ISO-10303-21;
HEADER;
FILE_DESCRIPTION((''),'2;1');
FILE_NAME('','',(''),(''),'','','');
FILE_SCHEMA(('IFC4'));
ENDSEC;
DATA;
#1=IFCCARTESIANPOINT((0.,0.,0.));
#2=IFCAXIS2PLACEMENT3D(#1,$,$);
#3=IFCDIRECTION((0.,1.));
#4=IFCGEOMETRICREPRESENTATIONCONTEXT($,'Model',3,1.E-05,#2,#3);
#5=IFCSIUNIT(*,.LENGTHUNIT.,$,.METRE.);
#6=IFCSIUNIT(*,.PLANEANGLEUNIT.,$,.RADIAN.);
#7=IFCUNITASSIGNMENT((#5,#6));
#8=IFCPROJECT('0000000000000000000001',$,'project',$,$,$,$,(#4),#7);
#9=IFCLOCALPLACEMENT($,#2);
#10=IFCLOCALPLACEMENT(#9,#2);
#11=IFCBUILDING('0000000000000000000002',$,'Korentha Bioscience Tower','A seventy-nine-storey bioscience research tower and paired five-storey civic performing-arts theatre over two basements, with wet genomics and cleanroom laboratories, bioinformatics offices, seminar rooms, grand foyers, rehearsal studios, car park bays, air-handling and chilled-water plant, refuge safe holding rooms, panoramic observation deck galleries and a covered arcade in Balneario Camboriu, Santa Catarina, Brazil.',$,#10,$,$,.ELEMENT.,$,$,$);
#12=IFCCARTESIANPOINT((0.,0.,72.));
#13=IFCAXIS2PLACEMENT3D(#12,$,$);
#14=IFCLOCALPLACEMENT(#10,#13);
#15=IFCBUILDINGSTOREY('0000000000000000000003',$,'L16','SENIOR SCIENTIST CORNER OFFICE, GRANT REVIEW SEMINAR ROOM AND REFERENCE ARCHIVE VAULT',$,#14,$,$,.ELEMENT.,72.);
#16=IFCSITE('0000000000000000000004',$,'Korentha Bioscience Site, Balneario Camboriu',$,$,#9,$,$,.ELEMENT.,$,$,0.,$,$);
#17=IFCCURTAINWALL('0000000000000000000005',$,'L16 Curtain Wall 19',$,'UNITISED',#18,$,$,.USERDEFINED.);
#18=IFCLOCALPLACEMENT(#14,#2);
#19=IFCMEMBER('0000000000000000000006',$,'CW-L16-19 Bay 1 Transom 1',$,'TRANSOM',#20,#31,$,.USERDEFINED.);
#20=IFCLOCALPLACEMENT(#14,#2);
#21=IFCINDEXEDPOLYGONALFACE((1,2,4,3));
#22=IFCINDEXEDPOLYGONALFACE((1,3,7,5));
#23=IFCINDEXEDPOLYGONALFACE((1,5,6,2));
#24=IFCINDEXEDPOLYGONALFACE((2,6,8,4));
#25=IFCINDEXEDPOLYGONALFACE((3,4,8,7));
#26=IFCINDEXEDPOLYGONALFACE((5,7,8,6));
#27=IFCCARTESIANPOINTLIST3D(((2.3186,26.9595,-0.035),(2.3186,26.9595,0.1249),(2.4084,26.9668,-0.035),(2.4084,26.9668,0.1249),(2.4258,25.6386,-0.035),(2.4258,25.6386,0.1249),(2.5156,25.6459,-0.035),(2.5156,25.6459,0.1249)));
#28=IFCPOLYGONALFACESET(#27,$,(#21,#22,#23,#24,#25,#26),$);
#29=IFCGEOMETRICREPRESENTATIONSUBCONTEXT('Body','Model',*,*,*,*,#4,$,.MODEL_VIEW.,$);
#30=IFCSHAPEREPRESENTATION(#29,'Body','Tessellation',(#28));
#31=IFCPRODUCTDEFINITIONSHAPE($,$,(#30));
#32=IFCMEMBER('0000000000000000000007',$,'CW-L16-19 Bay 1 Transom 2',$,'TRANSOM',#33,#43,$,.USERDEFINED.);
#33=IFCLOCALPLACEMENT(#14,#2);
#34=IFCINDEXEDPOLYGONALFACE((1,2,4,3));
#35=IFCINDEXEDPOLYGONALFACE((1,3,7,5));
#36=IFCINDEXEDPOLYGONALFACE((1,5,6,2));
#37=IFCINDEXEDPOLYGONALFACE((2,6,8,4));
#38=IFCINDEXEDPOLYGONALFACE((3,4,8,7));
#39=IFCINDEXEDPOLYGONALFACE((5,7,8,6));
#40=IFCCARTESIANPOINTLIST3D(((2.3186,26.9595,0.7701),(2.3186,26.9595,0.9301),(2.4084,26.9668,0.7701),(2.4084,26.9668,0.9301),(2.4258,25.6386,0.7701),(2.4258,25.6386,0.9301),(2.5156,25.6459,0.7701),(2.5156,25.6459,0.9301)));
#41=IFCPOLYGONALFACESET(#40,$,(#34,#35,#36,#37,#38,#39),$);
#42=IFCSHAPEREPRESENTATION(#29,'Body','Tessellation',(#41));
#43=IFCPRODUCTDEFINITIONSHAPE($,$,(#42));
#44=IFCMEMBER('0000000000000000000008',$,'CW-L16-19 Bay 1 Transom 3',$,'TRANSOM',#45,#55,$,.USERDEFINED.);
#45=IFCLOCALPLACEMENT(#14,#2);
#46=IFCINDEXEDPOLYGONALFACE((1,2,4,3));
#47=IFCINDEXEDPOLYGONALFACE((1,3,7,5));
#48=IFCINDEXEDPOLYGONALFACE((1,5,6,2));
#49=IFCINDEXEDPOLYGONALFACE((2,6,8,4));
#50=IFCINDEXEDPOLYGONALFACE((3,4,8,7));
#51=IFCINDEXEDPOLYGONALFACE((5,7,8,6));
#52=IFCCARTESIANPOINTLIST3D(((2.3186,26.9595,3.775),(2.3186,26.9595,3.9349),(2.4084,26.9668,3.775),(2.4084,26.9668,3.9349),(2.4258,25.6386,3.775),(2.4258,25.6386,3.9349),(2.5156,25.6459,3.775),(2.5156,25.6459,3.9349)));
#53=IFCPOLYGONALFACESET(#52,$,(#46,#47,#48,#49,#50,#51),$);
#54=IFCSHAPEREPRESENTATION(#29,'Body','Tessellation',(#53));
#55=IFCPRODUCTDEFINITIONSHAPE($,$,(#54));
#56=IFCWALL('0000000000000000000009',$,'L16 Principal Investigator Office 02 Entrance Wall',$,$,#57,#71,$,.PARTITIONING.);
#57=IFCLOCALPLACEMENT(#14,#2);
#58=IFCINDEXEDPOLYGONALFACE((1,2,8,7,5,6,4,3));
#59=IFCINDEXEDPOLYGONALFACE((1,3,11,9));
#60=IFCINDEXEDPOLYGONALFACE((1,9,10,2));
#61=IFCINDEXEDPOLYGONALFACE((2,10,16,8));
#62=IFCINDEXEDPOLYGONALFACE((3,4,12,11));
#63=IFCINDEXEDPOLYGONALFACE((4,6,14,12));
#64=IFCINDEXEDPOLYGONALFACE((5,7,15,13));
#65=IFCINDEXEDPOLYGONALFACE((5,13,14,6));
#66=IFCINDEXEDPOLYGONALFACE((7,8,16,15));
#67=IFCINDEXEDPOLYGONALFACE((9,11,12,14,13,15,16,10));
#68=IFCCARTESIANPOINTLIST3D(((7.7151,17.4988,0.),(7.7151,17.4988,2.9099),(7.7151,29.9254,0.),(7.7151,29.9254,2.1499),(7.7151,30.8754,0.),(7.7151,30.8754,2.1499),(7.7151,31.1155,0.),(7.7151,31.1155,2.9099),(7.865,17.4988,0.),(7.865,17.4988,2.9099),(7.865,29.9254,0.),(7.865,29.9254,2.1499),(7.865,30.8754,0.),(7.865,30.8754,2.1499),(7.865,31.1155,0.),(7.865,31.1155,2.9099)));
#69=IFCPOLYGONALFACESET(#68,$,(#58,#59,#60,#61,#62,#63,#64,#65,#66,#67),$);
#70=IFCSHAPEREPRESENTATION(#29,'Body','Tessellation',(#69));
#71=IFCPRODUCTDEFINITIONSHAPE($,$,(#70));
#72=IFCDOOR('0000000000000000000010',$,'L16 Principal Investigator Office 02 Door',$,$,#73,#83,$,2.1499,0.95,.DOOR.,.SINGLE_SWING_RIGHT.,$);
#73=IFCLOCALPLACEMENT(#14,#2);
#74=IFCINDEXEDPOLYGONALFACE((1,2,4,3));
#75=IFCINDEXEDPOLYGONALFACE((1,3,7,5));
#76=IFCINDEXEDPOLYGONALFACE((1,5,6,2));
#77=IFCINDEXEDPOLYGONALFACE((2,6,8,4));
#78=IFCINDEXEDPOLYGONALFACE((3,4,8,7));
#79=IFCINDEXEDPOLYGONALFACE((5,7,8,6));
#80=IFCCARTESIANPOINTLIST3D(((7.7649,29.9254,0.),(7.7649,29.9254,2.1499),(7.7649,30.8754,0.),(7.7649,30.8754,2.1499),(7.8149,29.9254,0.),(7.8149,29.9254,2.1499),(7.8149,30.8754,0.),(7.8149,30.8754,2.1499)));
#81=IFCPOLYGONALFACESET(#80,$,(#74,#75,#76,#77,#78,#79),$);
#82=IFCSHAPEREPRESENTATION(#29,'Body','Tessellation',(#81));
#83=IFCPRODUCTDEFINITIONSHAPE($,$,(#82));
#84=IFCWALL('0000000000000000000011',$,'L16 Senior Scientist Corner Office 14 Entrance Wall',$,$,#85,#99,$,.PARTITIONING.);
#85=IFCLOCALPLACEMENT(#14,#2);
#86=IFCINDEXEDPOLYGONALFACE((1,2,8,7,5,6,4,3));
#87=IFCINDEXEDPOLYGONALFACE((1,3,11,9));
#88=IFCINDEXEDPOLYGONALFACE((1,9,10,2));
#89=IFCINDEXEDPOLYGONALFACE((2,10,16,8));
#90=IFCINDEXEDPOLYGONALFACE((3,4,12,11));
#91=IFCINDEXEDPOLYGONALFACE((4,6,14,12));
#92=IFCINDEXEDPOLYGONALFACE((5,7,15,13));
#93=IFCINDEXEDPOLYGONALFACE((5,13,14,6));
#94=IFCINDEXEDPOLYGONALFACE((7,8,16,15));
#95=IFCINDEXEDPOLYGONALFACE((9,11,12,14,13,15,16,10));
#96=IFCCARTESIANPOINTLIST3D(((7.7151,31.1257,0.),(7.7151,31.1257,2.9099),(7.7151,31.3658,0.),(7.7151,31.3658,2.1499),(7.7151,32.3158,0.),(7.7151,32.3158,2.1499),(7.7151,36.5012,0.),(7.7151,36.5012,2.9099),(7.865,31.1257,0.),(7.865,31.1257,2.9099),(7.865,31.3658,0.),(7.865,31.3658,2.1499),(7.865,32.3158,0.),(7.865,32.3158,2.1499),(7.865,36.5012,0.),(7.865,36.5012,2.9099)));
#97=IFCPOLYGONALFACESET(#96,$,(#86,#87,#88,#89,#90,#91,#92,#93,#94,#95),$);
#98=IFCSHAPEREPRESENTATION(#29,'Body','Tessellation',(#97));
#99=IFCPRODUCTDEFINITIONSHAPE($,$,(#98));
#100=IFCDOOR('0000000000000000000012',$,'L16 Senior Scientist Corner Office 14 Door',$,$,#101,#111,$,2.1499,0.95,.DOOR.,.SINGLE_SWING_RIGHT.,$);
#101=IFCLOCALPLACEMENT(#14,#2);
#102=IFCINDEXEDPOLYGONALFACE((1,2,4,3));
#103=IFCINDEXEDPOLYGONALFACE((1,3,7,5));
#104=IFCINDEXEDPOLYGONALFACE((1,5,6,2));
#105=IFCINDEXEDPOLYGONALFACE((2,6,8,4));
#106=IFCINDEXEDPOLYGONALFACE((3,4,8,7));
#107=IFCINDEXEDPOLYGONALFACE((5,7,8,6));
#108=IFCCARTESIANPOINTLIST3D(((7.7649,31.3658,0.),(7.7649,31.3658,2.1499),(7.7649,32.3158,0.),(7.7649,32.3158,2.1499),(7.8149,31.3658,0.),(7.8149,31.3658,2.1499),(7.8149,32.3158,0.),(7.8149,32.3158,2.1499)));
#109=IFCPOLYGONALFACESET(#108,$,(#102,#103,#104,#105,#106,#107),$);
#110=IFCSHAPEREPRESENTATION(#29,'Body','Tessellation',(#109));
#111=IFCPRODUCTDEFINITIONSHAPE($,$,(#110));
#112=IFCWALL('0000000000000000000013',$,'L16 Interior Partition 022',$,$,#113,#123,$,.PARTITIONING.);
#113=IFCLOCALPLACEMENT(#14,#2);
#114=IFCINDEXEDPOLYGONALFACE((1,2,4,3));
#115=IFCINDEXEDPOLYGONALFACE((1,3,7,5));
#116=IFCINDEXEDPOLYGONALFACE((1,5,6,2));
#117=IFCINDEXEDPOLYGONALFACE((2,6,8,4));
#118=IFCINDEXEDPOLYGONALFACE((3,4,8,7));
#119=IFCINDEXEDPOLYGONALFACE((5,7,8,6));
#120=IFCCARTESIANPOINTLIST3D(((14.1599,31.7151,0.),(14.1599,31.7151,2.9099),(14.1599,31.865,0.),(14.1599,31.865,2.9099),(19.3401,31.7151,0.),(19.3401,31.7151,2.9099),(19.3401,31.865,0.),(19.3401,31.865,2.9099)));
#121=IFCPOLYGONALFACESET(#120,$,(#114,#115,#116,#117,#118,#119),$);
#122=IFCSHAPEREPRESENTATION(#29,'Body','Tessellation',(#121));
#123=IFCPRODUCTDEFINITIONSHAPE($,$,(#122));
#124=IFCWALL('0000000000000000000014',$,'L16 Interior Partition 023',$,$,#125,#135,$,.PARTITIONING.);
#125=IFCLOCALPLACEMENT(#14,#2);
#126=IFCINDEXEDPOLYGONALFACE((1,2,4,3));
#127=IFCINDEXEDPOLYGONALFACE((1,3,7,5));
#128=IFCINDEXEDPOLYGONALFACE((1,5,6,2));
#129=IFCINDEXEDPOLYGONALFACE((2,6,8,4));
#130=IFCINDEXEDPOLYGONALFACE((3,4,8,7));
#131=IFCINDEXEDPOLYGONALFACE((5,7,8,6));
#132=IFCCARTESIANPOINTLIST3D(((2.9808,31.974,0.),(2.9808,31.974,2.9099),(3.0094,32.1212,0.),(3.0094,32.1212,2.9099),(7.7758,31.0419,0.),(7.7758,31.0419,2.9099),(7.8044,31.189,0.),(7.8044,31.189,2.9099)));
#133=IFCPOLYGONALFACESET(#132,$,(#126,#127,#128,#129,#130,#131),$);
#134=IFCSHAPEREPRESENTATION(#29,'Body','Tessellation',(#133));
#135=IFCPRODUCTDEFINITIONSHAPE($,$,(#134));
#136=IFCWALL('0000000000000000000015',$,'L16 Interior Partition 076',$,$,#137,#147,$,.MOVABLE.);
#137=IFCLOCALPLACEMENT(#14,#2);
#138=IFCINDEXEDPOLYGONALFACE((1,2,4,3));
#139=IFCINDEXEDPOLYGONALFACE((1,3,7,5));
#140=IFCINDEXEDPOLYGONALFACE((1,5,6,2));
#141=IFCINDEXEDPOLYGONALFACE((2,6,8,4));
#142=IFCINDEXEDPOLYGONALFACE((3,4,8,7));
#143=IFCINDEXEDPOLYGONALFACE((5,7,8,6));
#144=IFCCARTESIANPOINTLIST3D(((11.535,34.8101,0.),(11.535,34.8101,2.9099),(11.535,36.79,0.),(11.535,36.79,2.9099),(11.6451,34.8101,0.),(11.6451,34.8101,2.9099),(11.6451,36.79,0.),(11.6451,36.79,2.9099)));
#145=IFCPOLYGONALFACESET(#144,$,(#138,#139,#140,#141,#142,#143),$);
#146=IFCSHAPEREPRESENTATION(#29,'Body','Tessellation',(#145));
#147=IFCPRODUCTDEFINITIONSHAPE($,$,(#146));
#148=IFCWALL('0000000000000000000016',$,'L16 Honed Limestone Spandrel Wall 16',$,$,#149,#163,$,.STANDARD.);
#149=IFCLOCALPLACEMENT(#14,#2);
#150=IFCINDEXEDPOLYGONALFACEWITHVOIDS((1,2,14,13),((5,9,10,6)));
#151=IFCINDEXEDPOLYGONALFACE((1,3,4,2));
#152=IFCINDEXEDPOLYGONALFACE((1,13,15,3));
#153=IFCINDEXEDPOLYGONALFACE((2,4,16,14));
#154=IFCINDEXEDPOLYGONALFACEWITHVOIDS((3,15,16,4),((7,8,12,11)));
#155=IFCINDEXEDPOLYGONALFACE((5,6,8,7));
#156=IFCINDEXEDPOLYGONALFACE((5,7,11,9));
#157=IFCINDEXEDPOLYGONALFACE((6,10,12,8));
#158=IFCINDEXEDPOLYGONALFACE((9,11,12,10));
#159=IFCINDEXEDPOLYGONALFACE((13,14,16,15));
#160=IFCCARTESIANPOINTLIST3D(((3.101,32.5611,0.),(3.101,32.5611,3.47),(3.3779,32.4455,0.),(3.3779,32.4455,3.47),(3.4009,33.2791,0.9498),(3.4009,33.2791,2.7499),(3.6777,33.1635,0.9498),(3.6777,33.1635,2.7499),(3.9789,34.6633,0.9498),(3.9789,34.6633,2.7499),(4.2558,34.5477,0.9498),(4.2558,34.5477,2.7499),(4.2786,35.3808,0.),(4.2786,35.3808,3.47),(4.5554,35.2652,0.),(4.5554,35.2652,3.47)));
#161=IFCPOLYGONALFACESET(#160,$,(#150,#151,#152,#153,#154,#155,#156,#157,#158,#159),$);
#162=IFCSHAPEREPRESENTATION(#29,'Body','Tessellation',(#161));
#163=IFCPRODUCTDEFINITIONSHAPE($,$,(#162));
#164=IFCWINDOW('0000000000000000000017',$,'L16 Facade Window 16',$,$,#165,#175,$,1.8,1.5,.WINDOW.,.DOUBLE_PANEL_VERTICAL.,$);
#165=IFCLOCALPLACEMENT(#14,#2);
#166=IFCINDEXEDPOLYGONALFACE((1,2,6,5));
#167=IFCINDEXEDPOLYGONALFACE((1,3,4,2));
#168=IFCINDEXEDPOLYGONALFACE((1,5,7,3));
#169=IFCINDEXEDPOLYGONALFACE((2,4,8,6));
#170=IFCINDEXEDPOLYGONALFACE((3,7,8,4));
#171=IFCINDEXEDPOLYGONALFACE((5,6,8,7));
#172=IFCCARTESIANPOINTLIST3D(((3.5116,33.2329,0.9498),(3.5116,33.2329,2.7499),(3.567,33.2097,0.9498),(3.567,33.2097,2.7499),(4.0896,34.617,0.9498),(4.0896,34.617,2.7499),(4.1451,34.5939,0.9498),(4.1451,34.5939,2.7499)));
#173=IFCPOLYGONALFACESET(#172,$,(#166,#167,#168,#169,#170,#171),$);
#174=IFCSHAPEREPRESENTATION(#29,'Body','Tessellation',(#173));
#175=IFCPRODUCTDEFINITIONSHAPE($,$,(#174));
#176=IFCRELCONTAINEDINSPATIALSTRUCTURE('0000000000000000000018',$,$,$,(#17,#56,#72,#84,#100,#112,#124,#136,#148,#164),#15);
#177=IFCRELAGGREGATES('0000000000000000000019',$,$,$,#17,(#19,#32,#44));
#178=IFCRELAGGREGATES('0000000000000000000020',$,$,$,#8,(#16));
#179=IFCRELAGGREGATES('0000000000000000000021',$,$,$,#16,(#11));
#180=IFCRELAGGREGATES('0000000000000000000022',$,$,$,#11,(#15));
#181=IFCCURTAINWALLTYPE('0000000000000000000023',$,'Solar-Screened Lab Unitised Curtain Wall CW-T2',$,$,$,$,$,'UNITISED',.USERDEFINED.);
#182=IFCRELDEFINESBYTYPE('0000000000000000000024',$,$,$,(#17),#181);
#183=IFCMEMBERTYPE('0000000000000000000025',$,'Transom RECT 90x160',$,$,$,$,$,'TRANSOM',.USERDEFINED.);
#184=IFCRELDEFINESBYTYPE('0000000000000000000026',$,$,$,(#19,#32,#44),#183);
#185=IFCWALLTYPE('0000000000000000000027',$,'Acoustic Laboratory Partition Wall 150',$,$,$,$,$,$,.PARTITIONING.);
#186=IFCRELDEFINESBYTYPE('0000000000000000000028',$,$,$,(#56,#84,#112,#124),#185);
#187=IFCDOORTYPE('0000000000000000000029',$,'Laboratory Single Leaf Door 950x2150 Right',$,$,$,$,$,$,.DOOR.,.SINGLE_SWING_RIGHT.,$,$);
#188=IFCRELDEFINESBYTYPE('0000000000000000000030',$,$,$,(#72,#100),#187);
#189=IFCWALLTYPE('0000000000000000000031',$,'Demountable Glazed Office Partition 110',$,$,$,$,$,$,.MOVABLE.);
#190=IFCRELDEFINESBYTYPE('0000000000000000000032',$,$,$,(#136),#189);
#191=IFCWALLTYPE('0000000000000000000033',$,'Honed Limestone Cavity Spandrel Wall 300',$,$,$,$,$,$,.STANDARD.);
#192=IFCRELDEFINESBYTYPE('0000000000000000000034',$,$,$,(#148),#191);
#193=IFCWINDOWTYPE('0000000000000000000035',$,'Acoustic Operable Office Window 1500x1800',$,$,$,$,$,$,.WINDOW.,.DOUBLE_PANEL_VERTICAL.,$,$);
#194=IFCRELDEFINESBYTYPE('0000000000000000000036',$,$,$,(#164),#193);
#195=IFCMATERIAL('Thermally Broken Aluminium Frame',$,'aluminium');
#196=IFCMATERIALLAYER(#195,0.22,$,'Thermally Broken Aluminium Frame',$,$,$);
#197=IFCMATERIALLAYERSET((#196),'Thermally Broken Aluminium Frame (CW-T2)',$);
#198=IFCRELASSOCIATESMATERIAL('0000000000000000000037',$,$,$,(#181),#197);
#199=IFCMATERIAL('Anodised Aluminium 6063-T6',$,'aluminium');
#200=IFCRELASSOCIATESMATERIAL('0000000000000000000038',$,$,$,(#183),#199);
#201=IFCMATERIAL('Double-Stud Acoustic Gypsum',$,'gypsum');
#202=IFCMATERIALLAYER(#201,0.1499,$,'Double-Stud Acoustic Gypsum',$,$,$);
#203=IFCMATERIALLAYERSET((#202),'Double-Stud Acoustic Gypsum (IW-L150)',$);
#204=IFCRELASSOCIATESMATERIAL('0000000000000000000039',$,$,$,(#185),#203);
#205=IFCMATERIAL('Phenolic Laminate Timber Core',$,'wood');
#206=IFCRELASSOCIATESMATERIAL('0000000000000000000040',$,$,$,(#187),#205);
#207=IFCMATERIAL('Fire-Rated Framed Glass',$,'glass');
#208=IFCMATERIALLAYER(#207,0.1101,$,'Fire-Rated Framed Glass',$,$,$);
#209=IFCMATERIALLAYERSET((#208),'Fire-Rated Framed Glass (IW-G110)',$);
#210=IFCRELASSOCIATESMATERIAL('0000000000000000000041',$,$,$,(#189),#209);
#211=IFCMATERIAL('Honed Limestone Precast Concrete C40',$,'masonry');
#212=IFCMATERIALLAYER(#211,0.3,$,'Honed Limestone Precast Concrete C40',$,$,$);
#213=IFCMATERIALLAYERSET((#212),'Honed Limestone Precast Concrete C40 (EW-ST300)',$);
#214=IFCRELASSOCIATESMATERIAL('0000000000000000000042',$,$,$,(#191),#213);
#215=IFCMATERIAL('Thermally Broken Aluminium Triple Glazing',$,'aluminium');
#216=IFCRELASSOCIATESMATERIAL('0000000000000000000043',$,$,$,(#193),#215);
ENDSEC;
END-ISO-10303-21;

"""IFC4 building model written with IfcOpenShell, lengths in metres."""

from ifc_helpers import new_model, si_unit, direction, frame, frame_2d, origin, origin_2d, place, context, subcontext, project, spatial, rectangle, extrude, material, layer, layer_set, material_profile, profile_set, type_object, element, fill, aggregate, save


model = new_model("IFC4")

# Units and contexts
model_context = context("Model", 3, precision=1e-05, world=origin(), true_north=direction((0.0, 1.0)))
body_context = subcontext(model_context, "Body", "Model", "MODEL_VIEW")
ifc_project = project(units=[si_unit("LENGTHUNIT", "METRE"), si_unit("PLANEANGLEUNIT", "RADIAN")], contexts=[model_context])

# Site, building, storey
site_placement = place(None, origin())
site = spatial("IfcSite", under=ifc_project, at=site_placement, Name="Korentha Bioscience Site, Balneario Camboriu", CompositionType="ELEMENT", RefElevation=0.0)
building_placement = place(site_placement, origin())
building = spatial("IfcBuilding", under=site, at=building_placement, Name="Korentha Bioscience Tower", Description="A seventy-nine-storey bioscience research tower and paired five-storey civic performing-arts theatre over two basements, with wet genomics and cleanroom laboratories, bioinformatics offices, seminar rooms, grand foyers, rehearsal studios, car park bays, air-handling and chilled-water plant, refuge safe holding rooms, panoramic observation deck galleries and a covered arcade in Balneario Camboriu, Santa Catarina, Brazil.", CompositionType="ELEMENT")
storey_placement = place(building_placement, frame((0.0, 0.0, 72.0)))
storey = spatial("IfcBuildingStorey", under=building, at=storey_placement, Name="L16", Description="SENIOR SCIENTIST CORNER OFFICE, GRANT REVIEW SEMINAR ROOM AND REFERENCE ARCHIVE VAULT", CompositionType="ELEMENT", Elevation=72.0)

# Curtain wall
ifc_material_1 = material(Name="Thermally Broken Aluminium Frame", Category="aluminium")
ifc_layer_1 = layer(ifc_material_1, 0.22, Name="Thermally Broken Aluminium Frame")
ifc_layer_set_1 = layer_set([ifc_layer_1], Name="Thermally Broken Aluminium Frame (CW-T2)")
curtain_wall_type = type_object("IfcCurtainWallType", Name="Solar-Screened Lab Unitised Curtain Wall CW-T2", ElementType="UNITISED", PredefinedType="USERDEFINED", material=ifc_layer_set_1)
curtain_wall_placement = place(storey_placement, origin())
curtain_wall = element("IfcCurtainWall", 1, at=curtain_wall_placement, inside=storey, type_object=curtain_wall_type, Name="L16 Curtain Wall 19", ObjectType="UNITISED", PredefinedType="USERDEFINED")
ifc_material_2 = material(Name="Anodised Aluminium 6063-T6", Category="aluminium")

# Members
ifc_material_profile_1 = material_profile(ifc_material_2, rectangle(XDim=0.0901, YDim=0.1599, at=origin_2d()), Name="Anodised Aluminium 6063-T6")
ifc_profile_set_1 = profile_set([ifc_material_profile_1], Name="Anodised Aluminium 6063-T6 (CW-TRN)")
member_type_1 = type_object("IfcMemberType", Name="Transom RECT 90x160", ElementType="TRANSOM", PredefinedType="USERDEFINED", material=ifc_profile_set_1)
member_1_placement = place(storey_placement, frame((2.3635, 26.9631, 0.0449), z_axis=(0.08088, -0.996724, 0.0), x_axis=(0.996724, 0.08088, 0.0)))
member_1 = element("IfcMember", 2, at=member_1_placement, type_object=member_type_1, Name="CW-L16-19 Bay 1 Transom 1", ObjectType="TRANSOM", PredefinedType="USERDEFINED", context=body_context, shape_type="SweptSolid", body=[
    extrude(rectangle(XDim=0.0901, YDim=0.1599, at=origin_2d()), origin(), (0.0, 0.0, 1.0), 1.3252),
])
member_2_placement = place(storey_placement, frame((2.3635, 26.9631, 0.8501), z_axis=(0.08088, -0.996724, 0.0), x_axis=(0.996724, 0.08088, 0.0)))
member_2 = element("IfcMember", 3, at=member_2_placement, type_object=member_type_1, Name="CW-L16-19 Bay 1 Transom 2", ObjectType="TRANSOM", PredefinedType="USERDEFINED", context=body_context, shape_type="SweptSolid", body=[
    extrude(rectangle(XDim=0.0901, YDim=0.1599, at=origin_2d()), origin(), (0.0, 0.0, 1.0), 1.3252),
])
member_3_placement = place(storey_placement, frame((2.3635, 26.9631, 3.855), z_axis=(0.08088, -0.996724, 0.0), x_axis=(0.996724, 0.08088, 0.0)))
member_3 = element("IfcMember", 4, at=member_3_placement, type_object=member_type_1, Name="CW-L16-19 Bay 1 Transom 3", ObjectType="TRANSOM", PredefinedType="USERDEFINED", context=body_context, shape_type="SweptSolid", body=[
    extrude(rectangle(XDim=0.0901, YDim=0.1599, at=origin_2d()), origin(), (0.0, 0.0, 1.0), 1.3252),
])
aggregate(curtain_wall, [member_1, member_2, member_3])

# Walls, openings, doors
ifc_material_3 = material(Name="Double-Stud Acoustic Gypsum", Category="gypsum")
ifc_layer_2 = layer(ifc_material_3, 0.1499, Name="Double-Stud Acoustic Gypsum")
ifc_layer_set_2 = layer_set([ifc_layer_2], Name="Double-Stud Acoustic Gypsum (IW-L150)")
wall_type_1 = type_object("IfcWallType", Name="Acoustic Laboratory Partition Wall 150", PredefinedType="PARTITIONING", material=ifc_layer_set_2)
wall_1_placement = place(storey_placement, frame((7.79, 31.1155, 0.0), z_axis=(0.0, 0.0, 1.0), x_axis=(0.0, -1.0, 0.0)))
wall_1 = element("IfcWall", 5, at=wall_1_placement, inside=storey, type_object=wall_type_1, Name="L16 Principal Investigator Office 02 Entrance Wall", PredefinedType="PARTITIONING", context=body_context, shape_type="SweptSolid", body=[
    extrude(rectangle(XDim=13.6167, YDim=0.1499, at=frame_2d((6.8083, 0.0))), origin(), (0.0, 0.0, 1.0), 2.9099),
])
opening_1_placement = place(wall_1_placement, frame((0.24, 0.0, 0.0)))
opening_1 = element("IfcOpeningElement", 6, at=opening_1_placement, cuts=wall_1, PredefinedType="OPENING", context=body_context, shape_type="SweptSolid", body=[
    extrude(rectangle(XDim=0.95, YDim=2.1499, at=frame_2d((0.4751, 1.075))), frame((0.0, 0.0898, 0.0), z_axis=(0.0, -1.0, 0.0), x_axis=(1.0, 0.0, 0.0)), (0.0, 0.0, 1.0), 0.1797),
])
ifc_material_4 = material(Name="Phenolic Laminate Timber Core", Category="wood")
door_type = type_object("IfcDoorType", Name="Laboratory Single Leaf Door 950x2150 Right", OperationType="SINGLE_SWING_RIGHT", PredefinedType="DOOR", material=ifc_material_4)
door_1_placement = place(opening_1_placement, origin())
door_1 = element("IfcDoor", 7, at=door_1_placement, inside=storey, type_object=door_type, Name="L16 Principal Investigator Office 02 Door", OperationType="SINGLE_SWING_RIGHT", OverallHeight=2.1499, OverallWidth=0.95, PredefinedType="DOOR", context=body_context, shape_type="SweptSolid", body=[
    extrude(rectangle(XDim=0.95, YDim=2.1499, at=frame_2d((0.4751, 1.075))), frame((0.0, 0.0249, 0.0), z_axis=(0.0, -1.0, 0.0), x_axis=(1.0, 0.0, 0.0)), (0.0, 0.0, 1.0), 0.05),
])
fill(opening_1, door_1)
wall_2_placement = place(storey_placement, frame((7.79, 36.5012, 0.0), z_axis=(0.0, 0.0, 1.0), x_axis=(0.0, -1.0, 0.0)))
wall_2 = element("IfcWall", 8, at=wall_2_placement, inside=storey, type_object=wall_type_1, Name="L16 Senior Scientist Corner Office 14 Entrance Wall", PredefinedType="PARTITIONING", context=body_context, shape_type="SweptSolid", body=[
    extrude(rectangle(XDim=5.3755, YDim=0.1499, at=frame_2d((2.6877, 0.0))), origin(), (0.0, 0.0, 1.0), 2.9099),
])
opening_2_placement = place(wall_2_placement, frame((4.1853, 0.0, 0.0)))
opening_2 = element("IfcOpeningElement", 9, at=opening_2_placement, cuts=wall_2, PredefinedType="OPENING", context=body_context, shape_type="SweptSolid", body=[
    extrude(rectangle(XDim=0.95, YDim=2.1499, at=frame_2d((0.4751, 1.075))), frame((0.0, 0.0898, 0.0), z_axis=(0.0, -1.0, 0.0), x_axis=(1.0, 0.0, 0.0)), (0.0, 0.0, 1.0), 0.1797),
])
door_2_placement = place(opening_2_placement, origin())
door_2 = element("IfcDoor", 10, at=door_2_placement, inside=storey, type_object=door_type, Name="L16 Senior Scientist Corner Office 14 Door", OperationType="SINGLE_SWING_RIGHT", OverallHeight=2.1499, OverallWidth=0.95, PredefinedType="DOOR", context=body_context, shape_type="SweptSolid", body=[
    extrude(rectangle(XDim=0.95, YDim=2.1499, at=frame_2d((0.4751, 1.075))), frame((0.0, 0.0249, 0.0), z_axis=(0.0, -1.0, 0.0), x_axis=(1.0, 0.0, 0.0)), (0.0, 0.0, 1.0), 0.05),
])
fill(opening_2, door_2)

# Walls
wall_3_placement = place(storey_placement, frame((14.1599, 31.79, 0.0), z_axis=(0.0, 0.0, 1.0), x_axis=(1.0, 0.0, 0.0)))
element("IfcWall", 11, at=wall_3_placement, inside=storey, type_object=wall_type_1, Name="L16 Interior Partition 022", PredefinedType="PARTITIONING", context=body_context, shape_type="SweptSolid", body=[
    extrude(rectangle(XDim=5.1802, YDim=0.1499, at=frame_2d((2.5901, 0.0))), origin(), (0.0, 0.0, 1.0), 2.9099),
])
wall_4_placement = place(storey_placement, frame((2.9951, 32.0476, 0.0), z_axis=(0.0, 0.0, 1.0), x_axis=(0.981624, -0.190827, 0.0)))
element("IfcWall", 12, at=wall_4_placement, inside=storey, type_object=wall_type_1, Name="L16 Interior Partition 023", PredefinedType="PARTITIONING", context=body_context, shape_type="SweptSolid", body=[
    extrude(rectangle(XDim=4.8848, YDim=0.1499, at=frame_2d((2.4424, 0.0))), origin(), (0.0, 0.0, 1.0), 2.9099),
])
ifc_material_5 = material(Name="Fire-Rated Framed Glass", Category="glass")
ifc_layer_3 = layer(ifc_material_5, 0.1101, Name="Fire-Rated Framed Glass")
ifc_layer_set_3 = layer_set([ifc_layer_3], Name="Fire-Rated Framed Glass (IW-G110)")
wall_type_2 = type_object("IfcWallType", Name="Demountable Glazed Office Partition 110", PredefinedType="MOVABLE", material=ifc_layer_set_3)
wall_5_placement = place(storey_placement, frame((11.5901, 34.8101, 0.0), z_axis=(0.0, 0.0, 1.0), x_axis=(0.0, 1.0, 0.0)))
element("IfcWall", 13, at=wall_5_placement, inside=storey, type_object=wall_type_2, Name="L16 Interior Partition 076", PredefinedType="MOVABLE", context=body_context, shape_type="SweptSolid", body=[
    extrude(rectangle(XDim=1.98, YDim=0.1101, at=frame_2d((0.99, 0.0))), origin(), (0.0, 0.0, 1.0), 2.9099),
])

# Wall, opening, window
ifc_material_6 = material(Name="Honed Limestone Precast Concrete C40", Category="masonry")
ifc_layer_4 = layer(ifc_material_6, 0.3, Name="Honed Limestone Precast Concrete C40")
ifc_layer_set_4 = layer_set([ifc_layer_4], Name="Honed Limestone Precast Concrete C40 (EW-ST300)")
wall_type_3 = type_object("IfcWallType", Name="Honed Limestone Cavity Spandrel Wall 300", PredefinedType="STANDARD", material=ifc_layer_set_4)
wall_6_placement = place(storey_placement, frame((4.417, 35.323, 0.0), z_axis=(0.0, 0.0, 1.0), x_axis=(-0.385358, -0.922767, 0.0)))
wall_6 = element("IfcWall", 14, at=wall_6_placement, inside=storey, type_object=wall_type_3, Name="L16 Honed Limestone Spandrel Wall 16", PredefinedType="STANDARD", context=body_context, shape_type="SweptSolid", body=[
    extrude(rectangle(XDim=3.0557, YDim=0.3, at=frame_2d((1.5278, 0.0))), origin(), (0.0, 0.0, 1.0), 3.47),
])
opening_3_placement = place(wall_6_placement, frame((0.7776, 0.0, 0.95)))
opening_3 = element("IfcOpeningElement", 15, at=opening_3_placement, cuts=wall_6, PredefinedType="OPENING", context=body_context, shape_type="SweptSolid", body=[
    extrude(rectangle(XDim=1.5, YDim=1.8, at=frame_2d((0.75, 0.8999))), frame((0.0, 0.165, 0.0), z_axis=(0.0, -1.0, 0.0), x_axis=(1.0, 0.0, 0.0)), (0.0, 0.0, 1.0), 0.3298),
])
ifc_material_7 = material(Name="Thermally Broken Aluminium Triple Glazing", Category="aluminium")
window_type = type_object("IfcWindowType", Name="Acoustic Operable Office Window 1500x1800", PartitioningType="DOUBLE_PANEL_VERTICAL", PredefinedType="WINDOW", material=ifc_material_7)
window_placement = place(opening_3_placement, origin())
window = element("IfcWindow", 16, at=window_placement, inside=storey, type_object=window_type, Name="L16 Facade Window 16", OverallHeight=1.8, OverallWidth=1.5, PartitioningType="DOUBLE_PANEL_VERTICAL", PredefinedType="WINDOW", context=body_context, shape_type="SweptSolid", body=[
    extrude(rectangle(XDim=1.5, YDim=1.8, at=frame_2d((0.75, 0.8999))), frame((0.0, 0.03, 0.0), z_axis=(0.0, -1.0, 0.0), x_axis=(1.0, 0.0, 0.0)), (0.0, 0.0, 1.0), 0.0601),
])
fill(opening_3, window)

save(model, "model.ifc")
